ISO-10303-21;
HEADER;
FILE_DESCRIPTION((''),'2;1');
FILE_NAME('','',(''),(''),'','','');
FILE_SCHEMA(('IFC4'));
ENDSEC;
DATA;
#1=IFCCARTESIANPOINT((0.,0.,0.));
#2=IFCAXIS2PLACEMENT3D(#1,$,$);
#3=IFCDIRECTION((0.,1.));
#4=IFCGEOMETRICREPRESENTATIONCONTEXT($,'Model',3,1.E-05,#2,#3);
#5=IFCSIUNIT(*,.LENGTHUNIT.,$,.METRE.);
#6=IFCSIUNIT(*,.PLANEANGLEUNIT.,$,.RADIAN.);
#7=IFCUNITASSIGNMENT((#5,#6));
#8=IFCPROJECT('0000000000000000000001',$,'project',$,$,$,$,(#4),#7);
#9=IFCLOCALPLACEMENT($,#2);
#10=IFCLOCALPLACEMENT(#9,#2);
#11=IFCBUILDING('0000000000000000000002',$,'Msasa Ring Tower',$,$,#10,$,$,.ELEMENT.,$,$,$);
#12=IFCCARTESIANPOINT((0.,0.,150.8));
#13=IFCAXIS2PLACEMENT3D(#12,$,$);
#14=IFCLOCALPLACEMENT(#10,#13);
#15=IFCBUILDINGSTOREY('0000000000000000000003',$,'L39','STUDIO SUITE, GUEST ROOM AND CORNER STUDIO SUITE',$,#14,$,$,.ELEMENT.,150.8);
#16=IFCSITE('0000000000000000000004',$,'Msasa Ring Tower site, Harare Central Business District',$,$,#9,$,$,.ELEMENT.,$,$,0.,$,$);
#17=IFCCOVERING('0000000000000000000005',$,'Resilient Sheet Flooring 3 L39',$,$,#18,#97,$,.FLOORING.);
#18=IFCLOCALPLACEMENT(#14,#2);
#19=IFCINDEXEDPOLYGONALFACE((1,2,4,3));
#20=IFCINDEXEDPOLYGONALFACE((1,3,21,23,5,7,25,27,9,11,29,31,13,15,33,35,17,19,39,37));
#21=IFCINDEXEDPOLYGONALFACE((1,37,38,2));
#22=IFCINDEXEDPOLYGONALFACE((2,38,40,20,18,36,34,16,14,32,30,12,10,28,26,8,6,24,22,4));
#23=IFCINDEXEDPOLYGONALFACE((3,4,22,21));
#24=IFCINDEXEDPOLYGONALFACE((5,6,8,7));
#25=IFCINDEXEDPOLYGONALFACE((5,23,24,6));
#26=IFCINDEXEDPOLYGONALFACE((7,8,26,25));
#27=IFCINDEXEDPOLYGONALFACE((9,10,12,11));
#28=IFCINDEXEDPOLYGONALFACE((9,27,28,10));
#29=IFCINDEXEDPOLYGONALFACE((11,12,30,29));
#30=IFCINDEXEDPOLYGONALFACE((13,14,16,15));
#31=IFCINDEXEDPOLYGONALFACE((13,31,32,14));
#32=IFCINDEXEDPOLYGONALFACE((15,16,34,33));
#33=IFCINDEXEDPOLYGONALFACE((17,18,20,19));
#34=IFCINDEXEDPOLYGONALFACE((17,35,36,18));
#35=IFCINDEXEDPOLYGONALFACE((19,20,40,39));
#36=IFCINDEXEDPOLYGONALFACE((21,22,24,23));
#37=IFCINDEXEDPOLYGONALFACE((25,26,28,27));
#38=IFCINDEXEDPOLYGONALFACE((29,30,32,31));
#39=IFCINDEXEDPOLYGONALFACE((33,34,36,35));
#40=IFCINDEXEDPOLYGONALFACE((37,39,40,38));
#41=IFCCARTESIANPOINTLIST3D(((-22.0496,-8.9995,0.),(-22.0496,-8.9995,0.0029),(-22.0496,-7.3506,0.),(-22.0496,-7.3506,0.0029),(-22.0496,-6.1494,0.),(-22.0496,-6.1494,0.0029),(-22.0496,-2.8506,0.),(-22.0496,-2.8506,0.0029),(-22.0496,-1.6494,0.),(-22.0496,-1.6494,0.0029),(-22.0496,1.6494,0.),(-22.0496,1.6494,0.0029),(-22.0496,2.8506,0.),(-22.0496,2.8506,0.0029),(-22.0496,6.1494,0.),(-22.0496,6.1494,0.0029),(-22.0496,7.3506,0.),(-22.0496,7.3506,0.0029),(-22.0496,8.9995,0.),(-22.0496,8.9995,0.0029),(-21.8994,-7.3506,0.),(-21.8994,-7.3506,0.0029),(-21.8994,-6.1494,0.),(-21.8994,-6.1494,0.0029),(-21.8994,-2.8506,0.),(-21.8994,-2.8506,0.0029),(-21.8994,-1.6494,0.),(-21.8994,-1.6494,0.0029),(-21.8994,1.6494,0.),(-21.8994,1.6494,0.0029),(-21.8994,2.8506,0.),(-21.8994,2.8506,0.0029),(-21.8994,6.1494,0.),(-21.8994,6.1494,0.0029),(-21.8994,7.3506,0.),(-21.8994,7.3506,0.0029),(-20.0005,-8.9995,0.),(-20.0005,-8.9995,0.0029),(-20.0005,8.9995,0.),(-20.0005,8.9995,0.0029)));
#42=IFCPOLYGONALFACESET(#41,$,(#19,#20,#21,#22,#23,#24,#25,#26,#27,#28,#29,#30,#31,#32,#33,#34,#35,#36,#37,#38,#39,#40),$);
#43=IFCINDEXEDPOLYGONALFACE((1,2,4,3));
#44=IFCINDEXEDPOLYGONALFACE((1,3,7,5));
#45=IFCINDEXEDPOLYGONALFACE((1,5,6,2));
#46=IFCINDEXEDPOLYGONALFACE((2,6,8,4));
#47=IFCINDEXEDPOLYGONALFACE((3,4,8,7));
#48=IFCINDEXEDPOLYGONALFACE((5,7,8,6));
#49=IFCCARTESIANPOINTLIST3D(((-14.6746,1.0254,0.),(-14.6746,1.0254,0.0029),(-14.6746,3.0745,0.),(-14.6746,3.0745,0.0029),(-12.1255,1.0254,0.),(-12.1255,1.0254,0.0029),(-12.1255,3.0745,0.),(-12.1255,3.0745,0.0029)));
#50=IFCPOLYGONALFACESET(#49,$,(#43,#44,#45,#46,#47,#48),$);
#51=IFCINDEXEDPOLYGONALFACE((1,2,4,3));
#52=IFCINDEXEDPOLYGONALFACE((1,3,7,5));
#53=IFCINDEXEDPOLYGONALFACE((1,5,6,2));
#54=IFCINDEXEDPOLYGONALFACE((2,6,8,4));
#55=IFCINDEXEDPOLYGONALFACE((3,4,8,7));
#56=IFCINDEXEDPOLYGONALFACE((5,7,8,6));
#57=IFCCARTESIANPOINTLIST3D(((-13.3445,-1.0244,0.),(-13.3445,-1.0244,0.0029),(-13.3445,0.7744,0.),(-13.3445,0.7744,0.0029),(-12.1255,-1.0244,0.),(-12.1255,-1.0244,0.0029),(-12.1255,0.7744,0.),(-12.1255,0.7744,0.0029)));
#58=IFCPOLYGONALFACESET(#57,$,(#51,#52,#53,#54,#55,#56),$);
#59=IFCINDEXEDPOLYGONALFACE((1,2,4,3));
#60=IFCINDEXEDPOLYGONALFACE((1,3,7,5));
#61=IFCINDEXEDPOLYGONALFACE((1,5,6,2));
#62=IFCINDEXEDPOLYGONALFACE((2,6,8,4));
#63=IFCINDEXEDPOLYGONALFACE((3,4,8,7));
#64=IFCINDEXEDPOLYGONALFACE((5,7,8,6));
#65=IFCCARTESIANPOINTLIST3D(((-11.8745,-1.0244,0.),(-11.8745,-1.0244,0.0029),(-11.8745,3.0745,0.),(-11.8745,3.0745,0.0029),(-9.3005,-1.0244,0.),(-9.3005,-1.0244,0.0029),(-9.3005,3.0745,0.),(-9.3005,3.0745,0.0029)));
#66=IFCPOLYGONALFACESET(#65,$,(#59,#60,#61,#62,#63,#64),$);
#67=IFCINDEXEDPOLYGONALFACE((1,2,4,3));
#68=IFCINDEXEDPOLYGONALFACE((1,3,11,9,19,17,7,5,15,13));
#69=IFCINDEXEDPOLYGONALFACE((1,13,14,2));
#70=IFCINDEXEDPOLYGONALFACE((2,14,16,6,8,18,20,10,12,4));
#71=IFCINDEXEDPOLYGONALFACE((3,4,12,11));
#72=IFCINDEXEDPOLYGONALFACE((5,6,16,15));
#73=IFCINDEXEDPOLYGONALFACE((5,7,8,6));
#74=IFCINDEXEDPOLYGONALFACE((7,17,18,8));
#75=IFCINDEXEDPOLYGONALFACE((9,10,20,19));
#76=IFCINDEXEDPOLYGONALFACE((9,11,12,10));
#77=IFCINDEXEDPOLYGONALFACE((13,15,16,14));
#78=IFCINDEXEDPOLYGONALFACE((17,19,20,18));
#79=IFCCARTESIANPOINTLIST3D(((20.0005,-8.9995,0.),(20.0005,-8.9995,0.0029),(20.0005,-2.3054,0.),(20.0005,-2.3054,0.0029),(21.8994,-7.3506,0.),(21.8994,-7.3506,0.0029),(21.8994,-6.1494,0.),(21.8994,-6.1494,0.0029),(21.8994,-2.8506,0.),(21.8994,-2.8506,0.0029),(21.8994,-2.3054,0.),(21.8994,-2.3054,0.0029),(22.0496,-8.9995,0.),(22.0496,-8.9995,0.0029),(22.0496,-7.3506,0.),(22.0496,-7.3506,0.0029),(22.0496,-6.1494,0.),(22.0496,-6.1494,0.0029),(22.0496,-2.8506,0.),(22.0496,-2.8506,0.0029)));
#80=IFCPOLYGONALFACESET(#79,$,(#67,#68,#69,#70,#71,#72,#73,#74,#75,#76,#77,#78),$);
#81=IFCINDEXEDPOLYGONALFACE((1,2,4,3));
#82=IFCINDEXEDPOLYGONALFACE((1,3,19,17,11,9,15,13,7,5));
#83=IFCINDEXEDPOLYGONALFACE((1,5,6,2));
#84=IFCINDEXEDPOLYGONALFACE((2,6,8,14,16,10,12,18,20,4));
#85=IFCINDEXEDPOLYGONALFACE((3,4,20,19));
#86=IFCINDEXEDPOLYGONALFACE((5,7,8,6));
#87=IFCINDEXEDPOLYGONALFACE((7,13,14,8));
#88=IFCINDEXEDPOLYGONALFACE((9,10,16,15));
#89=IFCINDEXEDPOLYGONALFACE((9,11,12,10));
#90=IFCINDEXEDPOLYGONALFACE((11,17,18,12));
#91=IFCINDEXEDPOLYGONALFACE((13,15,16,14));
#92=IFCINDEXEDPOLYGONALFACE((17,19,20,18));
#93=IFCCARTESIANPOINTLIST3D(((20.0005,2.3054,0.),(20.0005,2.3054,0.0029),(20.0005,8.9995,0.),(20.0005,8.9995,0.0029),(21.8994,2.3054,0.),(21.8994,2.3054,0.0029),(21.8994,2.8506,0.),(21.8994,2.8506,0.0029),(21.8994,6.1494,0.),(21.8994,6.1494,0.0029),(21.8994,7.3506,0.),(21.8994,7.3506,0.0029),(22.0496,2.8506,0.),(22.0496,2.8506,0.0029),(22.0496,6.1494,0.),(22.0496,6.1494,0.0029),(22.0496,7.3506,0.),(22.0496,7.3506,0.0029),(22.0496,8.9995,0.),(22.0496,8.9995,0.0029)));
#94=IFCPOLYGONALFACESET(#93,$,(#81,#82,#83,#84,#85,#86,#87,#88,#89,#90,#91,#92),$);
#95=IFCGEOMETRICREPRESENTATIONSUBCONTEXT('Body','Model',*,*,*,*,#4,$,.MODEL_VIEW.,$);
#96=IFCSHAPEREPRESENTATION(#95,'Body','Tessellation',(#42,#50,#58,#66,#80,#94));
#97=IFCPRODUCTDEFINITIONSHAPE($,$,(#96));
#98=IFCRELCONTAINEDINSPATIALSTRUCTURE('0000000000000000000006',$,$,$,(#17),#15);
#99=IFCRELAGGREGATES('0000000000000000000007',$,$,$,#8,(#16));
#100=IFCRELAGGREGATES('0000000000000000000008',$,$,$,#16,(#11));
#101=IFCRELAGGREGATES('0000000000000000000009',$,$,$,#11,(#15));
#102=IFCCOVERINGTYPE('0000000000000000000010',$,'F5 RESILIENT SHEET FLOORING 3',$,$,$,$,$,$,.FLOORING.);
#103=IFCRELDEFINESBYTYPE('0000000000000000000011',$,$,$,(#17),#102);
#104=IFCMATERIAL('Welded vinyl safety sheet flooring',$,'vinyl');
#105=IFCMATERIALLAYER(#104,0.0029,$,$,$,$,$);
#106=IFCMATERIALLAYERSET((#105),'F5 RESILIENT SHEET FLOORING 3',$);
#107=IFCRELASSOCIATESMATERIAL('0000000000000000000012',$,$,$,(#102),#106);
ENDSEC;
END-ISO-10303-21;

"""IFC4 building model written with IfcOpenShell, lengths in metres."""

from ifc_helpers import new_model, si_unit, direction, frame, origin, place, context, subcontext, project, spatial, line, indexed_curve, outline, extrude, material, layer, layer_set, type_object, element, save


model = new_model("IFC4")

# Units and contexts
model_context = context("Model", 3, precision=1e-05, world=origin(), true_north=direction((0.0, 1.0)))
body_context = subcontext(model_context, "Body", "Model", "MODEL_VIEW")
ifc_project = project(units=[si_unit("LENGTHUNIT", "METRE"), si_unit("PLANEANGLEUNIT", "RADIAN")], contexts=[model_context])

# Site, building, storey
site_placement = place(None, origin())
site = spatial("IfcSite", under=ifc_project, at=site_placement, Name="Msasa Ring Tower site, Harare Central Business District", CompositionType="ELEMENT", RefElevation=0.0)
building_placement = place(site_placement, origin())
building = spatial("IfcBuilding", under=site, at=building_placement, Name="Msasa Ring Tower", CompositionType="ELEMENT")
storey_placement = place(building_placement, frame((0.0, 0.0, 150.8)))
storey = spatial("IfcBuildingStorey", under=building, at=storey_placement, Name="L39", Description="STUDIO SUITE, GUEST ROOM AND CORNER STUDIO SUITE", CompositionType="ELEMENT", Elevation=150.8)

# Covering
ifc_material_1 = material(Name="Welded vinyl safety sheet flooring", Category="vinyl")
ifc_layer_1 = layer(ifc_material_1, 0.0029)
ifc_layer_set_1 = layer_set([ifc_layer_1], Name="F5 RESILIENT SHEET FLOORING 3")
covering_type_1 = type_object("IfcCoveringType", Name="F5 RESILIENT SHEET FLOORING 3", PredefinedType="FLOORING", material=ifc_layer_set_1)
covering_1_placement = place(storey_placement, origin())
element("IfcCovering", 1, at=covering_1_placement, inside=storey, type_object=covering_type_1, Name="Resilient Sheet Flooring 3 L39", PredefinedType="FLOORING", context=body_context, shape_type="SweptSolid", body=[
    extrude(outline(indexed_curve([(-20.0005, -8.9995), (-22.0496, -8.9995), (-22.0496, -7.3506), (-21.8994, -7.3506), (-21.8994, -6.1494), (-22.0496, -6.1494), (-22.0496, -2.8506), (-21.8994, -2.8506), (-21.8994, -1.6494), (-22.0496, -1.6494), (-22.0496, 1.6494), (-21.8994, 1.6494), (-21.8994, 2.8506), (-22.0496, 2.8506), (-22.0496, 6.1494), (-21.8994, 6.1494), (-21.8994, 7.3506), (-22.0496, 7.3506), (-22.0496, 8.9995), (-20.0005, 8.9995)], segments=[line(1, 2, 3, 4, 5, 6, 7, 8, 9, 10, 11, 12, 13, 14, 15, 16, 17, 18, 19, 20, 1)], self_intersect=False)), origin(), (0.0, 0.0, 1.0), 0.0029),
    extrude(outline(indexed_curve([(-14.6746, 3.0745), (-12.1255, 3.0745), (-12.1255, 1.0254), (-14.6746, 1.0254)], segments=[line(1, 2, 3, 4, 1)], self_intersect=False)), origin(), (0.0, 0.0, 1.0), 0.0029),
    extrude(outline(indexed_curve([(-13.3445, 0.7744), (-12.1255, 0.7744), (-12.1255, -1.0244), (-13.3445, -1.0244)], segments=[line(1, 2, 3, 4, 1)], self_intersect=False)), origin(), (0.0, 0.0, 1.0), 0.0029),
    extrude(outline(indexed_curve([(-11.8745, -1.0244), (-11.8745, 3.0745), (-9.3005, 3.0745), (-9.3005, -1.0244)], segments=[line(1, 2, 3, 4, 1)], self_intersect=False)), origin(), (0.0, 0.0, 1.0), 0.0029),
    extrude(outline(indexed_curve([(22.0496, -6.1494), (21.8994, -6.1494), (21.8994, -7.3506), (22.0496, -7.3506), (22.0496, -8.9995), (20.0005, -8.9995), (20.0005, -2.3054), (21.8994, -2.3054), (21.8994, -2.8506), (22.0496, -2.8506)], segments=[line(1, 2, 3, 4, 5, 6, 7, 8, 9, 10, 1)], self_intersect=False)), origin(), (0.0, 0.0, 1.0), 0.0029),
    extrude(outline(indexed_curve([(20.0005, 2.3054), (20.0005, 8.9995), (22.0496, 8.9995), (22.0496, 7.3506), (21.8994, 7.3506), (21.8994, 6.1494), (22.0496, 6.1494), (22.0496, 2.8506), (21.8994, 2.8506), (21.8994, 2.3054)], segments=[line(1, 2, 3, 4, 5, 6, 7, 8, 9, 10, 1)], self_intersect=False)), origin(), (0.0, 0.0, 1.0), 0.0029),
])

save(model, "model.ifc")
